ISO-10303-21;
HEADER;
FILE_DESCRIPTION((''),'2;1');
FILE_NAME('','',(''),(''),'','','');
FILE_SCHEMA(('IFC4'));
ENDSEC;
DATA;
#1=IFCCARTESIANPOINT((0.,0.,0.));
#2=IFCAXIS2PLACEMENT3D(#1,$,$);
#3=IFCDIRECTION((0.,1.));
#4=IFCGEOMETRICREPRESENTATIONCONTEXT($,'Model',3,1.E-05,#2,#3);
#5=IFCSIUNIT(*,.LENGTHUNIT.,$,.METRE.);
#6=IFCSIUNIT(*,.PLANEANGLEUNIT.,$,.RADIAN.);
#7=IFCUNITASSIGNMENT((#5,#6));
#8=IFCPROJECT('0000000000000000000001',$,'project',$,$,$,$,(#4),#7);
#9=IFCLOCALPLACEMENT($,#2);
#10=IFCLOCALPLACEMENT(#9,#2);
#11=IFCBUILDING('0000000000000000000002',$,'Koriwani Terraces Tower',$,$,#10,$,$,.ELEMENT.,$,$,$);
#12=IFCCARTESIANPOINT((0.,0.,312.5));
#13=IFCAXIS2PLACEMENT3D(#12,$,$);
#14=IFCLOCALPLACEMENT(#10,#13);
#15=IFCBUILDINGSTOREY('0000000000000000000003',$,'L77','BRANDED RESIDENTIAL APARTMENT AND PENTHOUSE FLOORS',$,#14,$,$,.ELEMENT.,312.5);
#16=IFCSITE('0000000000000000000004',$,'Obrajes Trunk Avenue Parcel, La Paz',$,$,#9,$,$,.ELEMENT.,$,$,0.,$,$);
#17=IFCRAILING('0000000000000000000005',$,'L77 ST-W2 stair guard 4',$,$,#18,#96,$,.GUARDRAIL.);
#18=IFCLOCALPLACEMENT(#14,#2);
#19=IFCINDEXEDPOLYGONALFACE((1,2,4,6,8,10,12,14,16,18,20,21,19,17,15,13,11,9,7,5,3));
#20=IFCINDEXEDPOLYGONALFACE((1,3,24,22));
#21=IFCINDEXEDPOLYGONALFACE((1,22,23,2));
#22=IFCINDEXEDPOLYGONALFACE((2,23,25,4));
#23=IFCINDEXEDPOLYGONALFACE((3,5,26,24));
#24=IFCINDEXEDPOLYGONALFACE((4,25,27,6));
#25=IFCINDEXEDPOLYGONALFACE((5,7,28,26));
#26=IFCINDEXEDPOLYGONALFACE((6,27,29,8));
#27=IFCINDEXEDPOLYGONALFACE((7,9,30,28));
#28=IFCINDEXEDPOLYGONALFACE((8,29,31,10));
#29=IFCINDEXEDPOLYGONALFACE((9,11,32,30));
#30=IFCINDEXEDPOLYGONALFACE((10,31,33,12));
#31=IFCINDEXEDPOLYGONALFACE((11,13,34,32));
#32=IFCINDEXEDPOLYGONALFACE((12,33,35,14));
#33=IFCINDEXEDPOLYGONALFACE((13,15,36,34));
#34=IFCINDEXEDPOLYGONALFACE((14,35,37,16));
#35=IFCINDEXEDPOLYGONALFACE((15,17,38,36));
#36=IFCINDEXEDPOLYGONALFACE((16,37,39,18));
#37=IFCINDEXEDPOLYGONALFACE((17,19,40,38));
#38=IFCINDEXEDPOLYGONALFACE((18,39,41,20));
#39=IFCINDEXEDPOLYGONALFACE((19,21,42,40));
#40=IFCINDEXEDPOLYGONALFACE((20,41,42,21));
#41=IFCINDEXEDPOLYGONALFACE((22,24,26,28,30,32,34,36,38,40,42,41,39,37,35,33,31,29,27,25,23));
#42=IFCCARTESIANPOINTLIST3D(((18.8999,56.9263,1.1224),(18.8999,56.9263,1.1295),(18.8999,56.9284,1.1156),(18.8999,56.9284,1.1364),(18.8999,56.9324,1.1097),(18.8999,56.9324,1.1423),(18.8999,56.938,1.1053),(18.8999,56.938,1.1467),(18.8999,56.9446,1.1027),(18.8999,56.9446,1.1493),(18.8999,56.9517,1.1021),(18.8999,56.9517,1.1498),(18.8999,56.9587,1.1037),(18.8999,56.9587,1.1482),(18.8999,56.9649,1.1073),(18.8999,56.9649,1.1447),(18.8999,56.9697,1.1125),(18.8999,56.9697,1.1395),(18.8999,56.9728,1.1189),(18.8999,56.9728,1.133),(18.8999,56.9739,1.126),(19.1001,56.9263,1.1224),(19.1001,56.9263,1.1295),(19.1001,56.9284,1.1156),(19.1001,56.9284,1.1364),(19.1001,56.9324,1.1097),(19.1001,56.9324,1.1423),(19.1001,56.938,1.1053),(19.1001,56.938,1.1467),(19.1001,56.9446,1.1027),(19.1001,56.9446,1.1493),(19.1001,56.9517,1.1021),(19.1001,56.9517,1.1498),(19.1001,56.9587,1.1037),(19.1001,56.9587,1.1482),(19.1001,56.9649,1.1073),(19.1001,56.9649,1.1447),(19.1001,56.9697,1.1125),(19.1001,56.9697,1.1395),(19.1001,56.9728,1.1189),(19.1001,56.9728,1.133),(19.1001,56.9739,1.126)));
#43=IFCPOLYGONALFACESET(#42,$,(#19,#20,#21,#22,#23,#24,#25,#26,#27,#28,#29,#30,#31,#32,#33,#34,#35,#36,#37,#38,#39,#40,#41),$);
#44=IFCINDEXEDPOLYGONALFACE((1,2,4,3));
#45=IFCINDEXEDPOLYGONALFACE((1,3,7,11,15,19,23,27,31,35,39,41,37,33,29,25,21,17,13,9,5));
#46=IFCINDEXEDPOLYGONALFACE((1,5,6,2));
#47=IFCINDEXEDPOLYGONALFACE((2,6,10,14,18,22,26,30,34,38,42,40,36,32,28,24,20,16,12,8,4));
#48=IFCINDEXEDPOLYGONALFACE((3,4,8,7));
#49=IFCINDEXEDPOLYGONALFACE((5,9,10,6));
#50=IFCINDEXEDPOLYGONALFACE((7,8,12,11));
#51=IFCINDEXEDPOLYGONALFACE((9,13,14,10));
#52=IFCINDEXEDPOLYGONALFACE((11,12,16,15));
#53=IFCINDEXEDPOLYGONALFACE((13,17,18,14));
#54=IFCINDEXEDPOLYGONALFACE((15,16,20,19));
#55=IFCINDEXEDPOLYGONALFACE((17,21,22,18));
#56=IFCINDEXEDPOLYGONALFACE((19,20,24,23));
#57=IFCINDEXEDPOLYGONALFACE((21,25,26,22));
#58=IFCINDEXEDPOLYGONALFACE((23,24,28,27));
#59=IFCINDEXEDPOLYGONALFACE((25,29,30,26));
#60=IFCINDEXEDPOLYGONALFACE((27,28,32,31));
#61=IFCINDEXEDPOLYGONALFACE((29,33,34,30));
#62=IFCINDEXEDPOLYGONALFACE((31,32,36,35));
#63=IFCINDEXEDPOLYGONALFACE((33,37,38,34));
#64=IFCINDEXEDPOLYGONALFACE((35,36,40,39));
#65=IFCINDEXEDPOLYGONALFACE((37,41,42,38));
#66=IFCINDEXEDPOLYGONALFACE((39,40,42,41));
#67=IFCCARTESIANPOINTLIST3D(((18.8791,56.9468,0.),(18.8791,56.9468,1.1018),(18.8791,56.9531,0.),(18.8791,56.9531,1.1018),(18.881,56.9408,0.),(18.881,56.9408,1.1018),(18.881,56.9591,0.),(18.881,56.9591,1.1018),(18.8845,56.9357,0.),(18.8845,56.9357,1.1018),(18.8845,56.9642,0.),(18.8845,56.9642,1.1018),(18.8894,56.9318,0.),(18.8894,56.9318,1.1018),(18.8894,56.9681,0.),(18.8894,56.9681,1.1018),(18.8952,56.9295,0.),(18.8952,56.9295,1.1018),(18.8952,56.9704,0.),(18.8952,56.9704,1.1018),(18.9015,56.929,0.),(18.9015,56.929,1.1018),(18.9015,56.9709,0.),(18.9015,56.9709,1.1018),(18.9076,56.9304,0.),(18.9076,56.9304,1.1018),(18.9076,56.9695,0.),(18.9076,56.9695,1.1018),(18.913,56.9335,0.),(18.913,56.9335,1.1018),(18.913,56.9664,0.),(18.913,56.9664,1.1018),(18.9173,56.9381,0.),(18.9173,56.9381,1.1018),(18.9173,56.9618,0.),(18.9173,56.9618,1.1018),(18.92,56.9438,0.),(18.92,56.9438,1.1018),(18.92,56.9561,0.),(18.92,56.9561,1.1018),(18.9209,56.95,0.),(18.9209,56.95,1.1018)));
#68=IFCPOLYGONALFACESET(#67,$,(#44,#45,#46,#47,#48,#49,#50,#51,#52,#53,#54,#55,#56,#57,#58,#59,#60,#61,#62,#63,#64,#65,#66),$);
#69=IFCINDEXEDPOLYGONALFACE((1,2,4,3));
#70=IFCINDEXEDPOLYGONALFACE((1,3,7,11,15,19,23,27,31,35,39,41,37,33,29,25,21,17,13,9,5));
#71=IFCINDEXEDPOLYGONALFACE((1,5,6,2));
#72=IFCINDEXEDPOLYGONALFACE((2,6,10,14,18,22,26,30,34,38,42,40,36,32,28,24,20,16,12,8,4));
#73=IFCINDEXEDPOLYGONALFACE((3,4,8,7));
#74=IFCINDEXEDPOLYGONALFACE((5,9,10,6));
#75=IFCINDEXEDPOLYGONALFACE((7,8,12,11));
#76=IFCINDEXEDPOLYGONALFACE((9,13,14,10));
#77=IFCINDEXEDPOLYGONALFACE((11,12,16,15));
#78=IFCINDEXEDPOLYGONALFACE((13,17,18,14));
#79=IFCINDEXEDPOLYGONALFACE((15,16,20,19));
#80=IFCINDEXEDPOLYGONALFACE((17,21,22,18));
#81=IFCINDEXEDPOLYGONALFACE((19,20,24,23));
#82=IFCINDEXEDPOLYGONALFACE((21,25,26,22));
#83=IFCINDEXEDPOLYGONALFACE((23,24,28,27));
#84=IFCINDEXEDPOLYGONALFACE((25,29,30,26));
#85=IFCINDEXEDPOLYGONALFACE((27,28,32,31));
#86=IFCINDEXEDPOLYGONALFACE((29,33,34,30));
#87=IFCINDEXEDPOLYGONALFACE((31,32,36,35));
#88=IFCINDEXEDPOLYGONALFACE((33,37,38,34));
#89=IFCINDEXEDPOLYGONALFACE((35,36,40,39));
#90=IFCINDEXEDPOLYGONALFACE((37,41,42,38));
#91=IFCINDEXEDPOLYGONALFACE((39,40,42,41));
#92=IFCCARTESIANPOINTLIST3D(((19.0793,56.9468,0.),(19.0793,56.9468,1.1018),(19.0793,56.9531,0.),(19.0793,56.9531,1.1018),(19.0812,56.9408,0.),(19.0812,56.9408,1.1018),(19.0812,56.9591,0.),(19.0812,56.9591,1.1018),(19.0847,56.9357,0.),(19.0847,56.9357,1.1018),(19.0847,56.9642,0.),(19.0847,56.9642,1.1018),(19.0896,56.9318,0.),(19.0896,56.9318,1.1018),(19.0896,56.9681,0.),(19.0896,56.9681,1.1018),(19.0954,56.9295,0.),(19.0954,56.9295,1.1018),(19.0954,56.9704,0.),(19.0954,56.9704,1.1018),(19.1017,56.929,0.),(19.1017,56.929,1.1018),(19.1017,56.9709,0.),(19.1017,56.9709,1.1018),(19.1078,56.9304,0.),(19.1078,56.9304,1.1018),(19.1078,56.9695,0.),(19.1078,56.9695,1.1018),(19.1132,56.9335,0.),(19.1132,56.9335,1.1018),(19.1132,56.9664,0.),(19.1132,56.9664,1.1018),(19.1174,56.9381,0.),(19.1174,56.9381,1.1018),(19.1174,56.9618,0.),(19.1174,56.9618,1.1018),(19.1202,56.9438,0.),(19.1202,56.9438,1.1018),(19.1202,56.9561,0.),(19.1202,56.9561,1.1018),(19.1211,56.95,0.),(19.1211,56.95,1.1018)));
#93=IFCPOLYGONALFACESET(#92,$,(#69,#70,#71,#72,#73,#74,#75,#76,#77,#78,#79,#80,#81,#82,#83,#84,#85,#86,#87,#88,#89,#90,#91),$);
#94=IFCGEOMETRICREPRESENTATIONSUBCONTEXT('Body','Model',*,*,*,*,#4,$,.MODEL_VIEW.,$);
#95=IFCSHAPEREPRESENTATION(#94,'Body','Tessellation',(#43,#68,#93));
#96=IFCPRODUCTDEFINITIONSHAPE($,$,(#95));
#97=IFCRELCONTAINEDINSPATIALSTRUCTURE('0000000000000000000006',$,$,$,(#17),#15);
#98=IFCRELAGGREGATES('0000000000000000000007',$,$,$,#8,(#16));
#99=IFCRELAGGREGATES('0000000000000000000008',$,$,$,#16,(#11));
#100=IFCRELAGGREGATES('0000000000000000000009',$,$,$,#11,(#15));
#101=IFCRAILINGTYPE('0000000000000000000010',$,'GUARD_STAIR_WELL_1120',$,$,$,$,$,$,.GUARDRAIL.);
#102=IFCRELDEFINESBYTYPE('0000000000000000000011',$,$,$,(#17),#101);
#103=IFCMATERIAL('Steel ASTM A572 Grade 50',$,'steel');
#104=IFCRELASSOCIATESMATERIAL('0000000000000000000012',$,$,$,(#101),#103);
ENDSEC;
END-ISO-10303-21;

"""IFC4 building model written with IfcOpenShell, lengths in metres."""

from ifc_helpers import new_model, si_unit, direction, frame, origin, origin_2d, place, context, subcontext, project, spatial, circle, extrude, material, type_object, element, save


model = new_model("IFC4")

# Units and contexts
model_context = context("Model", 3, precision=1e-05, world=origin(), true_north=direction((0.0, 1.0)))
body_context = subcontext(model_context, "Body", "Model", "MODEL_VIEW")
ifc_project = project(units=[si_unit("LENGTHUNIT", "METRE"), si_unit("PLANEANGLEUNIT", "RADIAN")], contexts=[model_context])

# Site, building, storey
site_placement = place(None, origin())
site = spatial("IfcSite", under=ifc_project, at=site_placement, Name="Obrajes Trunk Avenue Parcel, La Paz", CompositionType="ELEMENT", RefElevation=0.0)
building_placement = place(site_placement, origin())
building = spatial("IfcBuilding", under=site, at=building_placement, Name="Koriwani Terraces Tower", CompositionType="ELEMENT")
storey_placement = place(building_placement, frame((0.0, 0.0, 312.5)))
storey = spatial("IfcBuildingStorey", under=building, at=storey_placement, Name="L77", Description="BRANDED RESIDENTIAL APARTMENT AND PENTHOUSE FLOORS", CompositionType="ELEMENT", Elevation=312.5)

# Shared definitions
ifc_material_1 = material(Name="Steel ASTM A572 Grade 50", Category="steel")

# Railing
railing_type_1 = type_object("IfcRailingType", Name="GUARD_STAIR_WELL_1120", PredefinedType="GUARDRAIL", material=ifc_material_1)
railing_1_placement = place(storey_placement, frame((18.8999, 56.95, 0.0)))
element("IfcRailing", 1, at=railing_1_placement, inside=storey, type_object=railing_type_1, Name="L77 ST-W2 stair guard 4", PredefinedType="GUARDRAIL", context=body_context, shape_type="SweptSolid", body=[
    extrude(circle(Radius=0.0239, at=origin_2d()), frame((0.0, 0.0, 1.126), z_axis=(1.0, 0.0, 0.0), x_axis=(0.0, 1.0, 0.0)), (0.0, 0.0, 1.0), 0.2002),
    extrude(circle(Radius=0.021, at=origin_2d()), origin(), (0.0, 0.0, 1.0), 1.1018),
    extrude(circle(Radius=0.021, at=origin_2d()), frame((0.2002, 0.0, 0.0)), (0.0, 0.0, 1.0), 1.1018),
])

save(model, "model.ifc")
